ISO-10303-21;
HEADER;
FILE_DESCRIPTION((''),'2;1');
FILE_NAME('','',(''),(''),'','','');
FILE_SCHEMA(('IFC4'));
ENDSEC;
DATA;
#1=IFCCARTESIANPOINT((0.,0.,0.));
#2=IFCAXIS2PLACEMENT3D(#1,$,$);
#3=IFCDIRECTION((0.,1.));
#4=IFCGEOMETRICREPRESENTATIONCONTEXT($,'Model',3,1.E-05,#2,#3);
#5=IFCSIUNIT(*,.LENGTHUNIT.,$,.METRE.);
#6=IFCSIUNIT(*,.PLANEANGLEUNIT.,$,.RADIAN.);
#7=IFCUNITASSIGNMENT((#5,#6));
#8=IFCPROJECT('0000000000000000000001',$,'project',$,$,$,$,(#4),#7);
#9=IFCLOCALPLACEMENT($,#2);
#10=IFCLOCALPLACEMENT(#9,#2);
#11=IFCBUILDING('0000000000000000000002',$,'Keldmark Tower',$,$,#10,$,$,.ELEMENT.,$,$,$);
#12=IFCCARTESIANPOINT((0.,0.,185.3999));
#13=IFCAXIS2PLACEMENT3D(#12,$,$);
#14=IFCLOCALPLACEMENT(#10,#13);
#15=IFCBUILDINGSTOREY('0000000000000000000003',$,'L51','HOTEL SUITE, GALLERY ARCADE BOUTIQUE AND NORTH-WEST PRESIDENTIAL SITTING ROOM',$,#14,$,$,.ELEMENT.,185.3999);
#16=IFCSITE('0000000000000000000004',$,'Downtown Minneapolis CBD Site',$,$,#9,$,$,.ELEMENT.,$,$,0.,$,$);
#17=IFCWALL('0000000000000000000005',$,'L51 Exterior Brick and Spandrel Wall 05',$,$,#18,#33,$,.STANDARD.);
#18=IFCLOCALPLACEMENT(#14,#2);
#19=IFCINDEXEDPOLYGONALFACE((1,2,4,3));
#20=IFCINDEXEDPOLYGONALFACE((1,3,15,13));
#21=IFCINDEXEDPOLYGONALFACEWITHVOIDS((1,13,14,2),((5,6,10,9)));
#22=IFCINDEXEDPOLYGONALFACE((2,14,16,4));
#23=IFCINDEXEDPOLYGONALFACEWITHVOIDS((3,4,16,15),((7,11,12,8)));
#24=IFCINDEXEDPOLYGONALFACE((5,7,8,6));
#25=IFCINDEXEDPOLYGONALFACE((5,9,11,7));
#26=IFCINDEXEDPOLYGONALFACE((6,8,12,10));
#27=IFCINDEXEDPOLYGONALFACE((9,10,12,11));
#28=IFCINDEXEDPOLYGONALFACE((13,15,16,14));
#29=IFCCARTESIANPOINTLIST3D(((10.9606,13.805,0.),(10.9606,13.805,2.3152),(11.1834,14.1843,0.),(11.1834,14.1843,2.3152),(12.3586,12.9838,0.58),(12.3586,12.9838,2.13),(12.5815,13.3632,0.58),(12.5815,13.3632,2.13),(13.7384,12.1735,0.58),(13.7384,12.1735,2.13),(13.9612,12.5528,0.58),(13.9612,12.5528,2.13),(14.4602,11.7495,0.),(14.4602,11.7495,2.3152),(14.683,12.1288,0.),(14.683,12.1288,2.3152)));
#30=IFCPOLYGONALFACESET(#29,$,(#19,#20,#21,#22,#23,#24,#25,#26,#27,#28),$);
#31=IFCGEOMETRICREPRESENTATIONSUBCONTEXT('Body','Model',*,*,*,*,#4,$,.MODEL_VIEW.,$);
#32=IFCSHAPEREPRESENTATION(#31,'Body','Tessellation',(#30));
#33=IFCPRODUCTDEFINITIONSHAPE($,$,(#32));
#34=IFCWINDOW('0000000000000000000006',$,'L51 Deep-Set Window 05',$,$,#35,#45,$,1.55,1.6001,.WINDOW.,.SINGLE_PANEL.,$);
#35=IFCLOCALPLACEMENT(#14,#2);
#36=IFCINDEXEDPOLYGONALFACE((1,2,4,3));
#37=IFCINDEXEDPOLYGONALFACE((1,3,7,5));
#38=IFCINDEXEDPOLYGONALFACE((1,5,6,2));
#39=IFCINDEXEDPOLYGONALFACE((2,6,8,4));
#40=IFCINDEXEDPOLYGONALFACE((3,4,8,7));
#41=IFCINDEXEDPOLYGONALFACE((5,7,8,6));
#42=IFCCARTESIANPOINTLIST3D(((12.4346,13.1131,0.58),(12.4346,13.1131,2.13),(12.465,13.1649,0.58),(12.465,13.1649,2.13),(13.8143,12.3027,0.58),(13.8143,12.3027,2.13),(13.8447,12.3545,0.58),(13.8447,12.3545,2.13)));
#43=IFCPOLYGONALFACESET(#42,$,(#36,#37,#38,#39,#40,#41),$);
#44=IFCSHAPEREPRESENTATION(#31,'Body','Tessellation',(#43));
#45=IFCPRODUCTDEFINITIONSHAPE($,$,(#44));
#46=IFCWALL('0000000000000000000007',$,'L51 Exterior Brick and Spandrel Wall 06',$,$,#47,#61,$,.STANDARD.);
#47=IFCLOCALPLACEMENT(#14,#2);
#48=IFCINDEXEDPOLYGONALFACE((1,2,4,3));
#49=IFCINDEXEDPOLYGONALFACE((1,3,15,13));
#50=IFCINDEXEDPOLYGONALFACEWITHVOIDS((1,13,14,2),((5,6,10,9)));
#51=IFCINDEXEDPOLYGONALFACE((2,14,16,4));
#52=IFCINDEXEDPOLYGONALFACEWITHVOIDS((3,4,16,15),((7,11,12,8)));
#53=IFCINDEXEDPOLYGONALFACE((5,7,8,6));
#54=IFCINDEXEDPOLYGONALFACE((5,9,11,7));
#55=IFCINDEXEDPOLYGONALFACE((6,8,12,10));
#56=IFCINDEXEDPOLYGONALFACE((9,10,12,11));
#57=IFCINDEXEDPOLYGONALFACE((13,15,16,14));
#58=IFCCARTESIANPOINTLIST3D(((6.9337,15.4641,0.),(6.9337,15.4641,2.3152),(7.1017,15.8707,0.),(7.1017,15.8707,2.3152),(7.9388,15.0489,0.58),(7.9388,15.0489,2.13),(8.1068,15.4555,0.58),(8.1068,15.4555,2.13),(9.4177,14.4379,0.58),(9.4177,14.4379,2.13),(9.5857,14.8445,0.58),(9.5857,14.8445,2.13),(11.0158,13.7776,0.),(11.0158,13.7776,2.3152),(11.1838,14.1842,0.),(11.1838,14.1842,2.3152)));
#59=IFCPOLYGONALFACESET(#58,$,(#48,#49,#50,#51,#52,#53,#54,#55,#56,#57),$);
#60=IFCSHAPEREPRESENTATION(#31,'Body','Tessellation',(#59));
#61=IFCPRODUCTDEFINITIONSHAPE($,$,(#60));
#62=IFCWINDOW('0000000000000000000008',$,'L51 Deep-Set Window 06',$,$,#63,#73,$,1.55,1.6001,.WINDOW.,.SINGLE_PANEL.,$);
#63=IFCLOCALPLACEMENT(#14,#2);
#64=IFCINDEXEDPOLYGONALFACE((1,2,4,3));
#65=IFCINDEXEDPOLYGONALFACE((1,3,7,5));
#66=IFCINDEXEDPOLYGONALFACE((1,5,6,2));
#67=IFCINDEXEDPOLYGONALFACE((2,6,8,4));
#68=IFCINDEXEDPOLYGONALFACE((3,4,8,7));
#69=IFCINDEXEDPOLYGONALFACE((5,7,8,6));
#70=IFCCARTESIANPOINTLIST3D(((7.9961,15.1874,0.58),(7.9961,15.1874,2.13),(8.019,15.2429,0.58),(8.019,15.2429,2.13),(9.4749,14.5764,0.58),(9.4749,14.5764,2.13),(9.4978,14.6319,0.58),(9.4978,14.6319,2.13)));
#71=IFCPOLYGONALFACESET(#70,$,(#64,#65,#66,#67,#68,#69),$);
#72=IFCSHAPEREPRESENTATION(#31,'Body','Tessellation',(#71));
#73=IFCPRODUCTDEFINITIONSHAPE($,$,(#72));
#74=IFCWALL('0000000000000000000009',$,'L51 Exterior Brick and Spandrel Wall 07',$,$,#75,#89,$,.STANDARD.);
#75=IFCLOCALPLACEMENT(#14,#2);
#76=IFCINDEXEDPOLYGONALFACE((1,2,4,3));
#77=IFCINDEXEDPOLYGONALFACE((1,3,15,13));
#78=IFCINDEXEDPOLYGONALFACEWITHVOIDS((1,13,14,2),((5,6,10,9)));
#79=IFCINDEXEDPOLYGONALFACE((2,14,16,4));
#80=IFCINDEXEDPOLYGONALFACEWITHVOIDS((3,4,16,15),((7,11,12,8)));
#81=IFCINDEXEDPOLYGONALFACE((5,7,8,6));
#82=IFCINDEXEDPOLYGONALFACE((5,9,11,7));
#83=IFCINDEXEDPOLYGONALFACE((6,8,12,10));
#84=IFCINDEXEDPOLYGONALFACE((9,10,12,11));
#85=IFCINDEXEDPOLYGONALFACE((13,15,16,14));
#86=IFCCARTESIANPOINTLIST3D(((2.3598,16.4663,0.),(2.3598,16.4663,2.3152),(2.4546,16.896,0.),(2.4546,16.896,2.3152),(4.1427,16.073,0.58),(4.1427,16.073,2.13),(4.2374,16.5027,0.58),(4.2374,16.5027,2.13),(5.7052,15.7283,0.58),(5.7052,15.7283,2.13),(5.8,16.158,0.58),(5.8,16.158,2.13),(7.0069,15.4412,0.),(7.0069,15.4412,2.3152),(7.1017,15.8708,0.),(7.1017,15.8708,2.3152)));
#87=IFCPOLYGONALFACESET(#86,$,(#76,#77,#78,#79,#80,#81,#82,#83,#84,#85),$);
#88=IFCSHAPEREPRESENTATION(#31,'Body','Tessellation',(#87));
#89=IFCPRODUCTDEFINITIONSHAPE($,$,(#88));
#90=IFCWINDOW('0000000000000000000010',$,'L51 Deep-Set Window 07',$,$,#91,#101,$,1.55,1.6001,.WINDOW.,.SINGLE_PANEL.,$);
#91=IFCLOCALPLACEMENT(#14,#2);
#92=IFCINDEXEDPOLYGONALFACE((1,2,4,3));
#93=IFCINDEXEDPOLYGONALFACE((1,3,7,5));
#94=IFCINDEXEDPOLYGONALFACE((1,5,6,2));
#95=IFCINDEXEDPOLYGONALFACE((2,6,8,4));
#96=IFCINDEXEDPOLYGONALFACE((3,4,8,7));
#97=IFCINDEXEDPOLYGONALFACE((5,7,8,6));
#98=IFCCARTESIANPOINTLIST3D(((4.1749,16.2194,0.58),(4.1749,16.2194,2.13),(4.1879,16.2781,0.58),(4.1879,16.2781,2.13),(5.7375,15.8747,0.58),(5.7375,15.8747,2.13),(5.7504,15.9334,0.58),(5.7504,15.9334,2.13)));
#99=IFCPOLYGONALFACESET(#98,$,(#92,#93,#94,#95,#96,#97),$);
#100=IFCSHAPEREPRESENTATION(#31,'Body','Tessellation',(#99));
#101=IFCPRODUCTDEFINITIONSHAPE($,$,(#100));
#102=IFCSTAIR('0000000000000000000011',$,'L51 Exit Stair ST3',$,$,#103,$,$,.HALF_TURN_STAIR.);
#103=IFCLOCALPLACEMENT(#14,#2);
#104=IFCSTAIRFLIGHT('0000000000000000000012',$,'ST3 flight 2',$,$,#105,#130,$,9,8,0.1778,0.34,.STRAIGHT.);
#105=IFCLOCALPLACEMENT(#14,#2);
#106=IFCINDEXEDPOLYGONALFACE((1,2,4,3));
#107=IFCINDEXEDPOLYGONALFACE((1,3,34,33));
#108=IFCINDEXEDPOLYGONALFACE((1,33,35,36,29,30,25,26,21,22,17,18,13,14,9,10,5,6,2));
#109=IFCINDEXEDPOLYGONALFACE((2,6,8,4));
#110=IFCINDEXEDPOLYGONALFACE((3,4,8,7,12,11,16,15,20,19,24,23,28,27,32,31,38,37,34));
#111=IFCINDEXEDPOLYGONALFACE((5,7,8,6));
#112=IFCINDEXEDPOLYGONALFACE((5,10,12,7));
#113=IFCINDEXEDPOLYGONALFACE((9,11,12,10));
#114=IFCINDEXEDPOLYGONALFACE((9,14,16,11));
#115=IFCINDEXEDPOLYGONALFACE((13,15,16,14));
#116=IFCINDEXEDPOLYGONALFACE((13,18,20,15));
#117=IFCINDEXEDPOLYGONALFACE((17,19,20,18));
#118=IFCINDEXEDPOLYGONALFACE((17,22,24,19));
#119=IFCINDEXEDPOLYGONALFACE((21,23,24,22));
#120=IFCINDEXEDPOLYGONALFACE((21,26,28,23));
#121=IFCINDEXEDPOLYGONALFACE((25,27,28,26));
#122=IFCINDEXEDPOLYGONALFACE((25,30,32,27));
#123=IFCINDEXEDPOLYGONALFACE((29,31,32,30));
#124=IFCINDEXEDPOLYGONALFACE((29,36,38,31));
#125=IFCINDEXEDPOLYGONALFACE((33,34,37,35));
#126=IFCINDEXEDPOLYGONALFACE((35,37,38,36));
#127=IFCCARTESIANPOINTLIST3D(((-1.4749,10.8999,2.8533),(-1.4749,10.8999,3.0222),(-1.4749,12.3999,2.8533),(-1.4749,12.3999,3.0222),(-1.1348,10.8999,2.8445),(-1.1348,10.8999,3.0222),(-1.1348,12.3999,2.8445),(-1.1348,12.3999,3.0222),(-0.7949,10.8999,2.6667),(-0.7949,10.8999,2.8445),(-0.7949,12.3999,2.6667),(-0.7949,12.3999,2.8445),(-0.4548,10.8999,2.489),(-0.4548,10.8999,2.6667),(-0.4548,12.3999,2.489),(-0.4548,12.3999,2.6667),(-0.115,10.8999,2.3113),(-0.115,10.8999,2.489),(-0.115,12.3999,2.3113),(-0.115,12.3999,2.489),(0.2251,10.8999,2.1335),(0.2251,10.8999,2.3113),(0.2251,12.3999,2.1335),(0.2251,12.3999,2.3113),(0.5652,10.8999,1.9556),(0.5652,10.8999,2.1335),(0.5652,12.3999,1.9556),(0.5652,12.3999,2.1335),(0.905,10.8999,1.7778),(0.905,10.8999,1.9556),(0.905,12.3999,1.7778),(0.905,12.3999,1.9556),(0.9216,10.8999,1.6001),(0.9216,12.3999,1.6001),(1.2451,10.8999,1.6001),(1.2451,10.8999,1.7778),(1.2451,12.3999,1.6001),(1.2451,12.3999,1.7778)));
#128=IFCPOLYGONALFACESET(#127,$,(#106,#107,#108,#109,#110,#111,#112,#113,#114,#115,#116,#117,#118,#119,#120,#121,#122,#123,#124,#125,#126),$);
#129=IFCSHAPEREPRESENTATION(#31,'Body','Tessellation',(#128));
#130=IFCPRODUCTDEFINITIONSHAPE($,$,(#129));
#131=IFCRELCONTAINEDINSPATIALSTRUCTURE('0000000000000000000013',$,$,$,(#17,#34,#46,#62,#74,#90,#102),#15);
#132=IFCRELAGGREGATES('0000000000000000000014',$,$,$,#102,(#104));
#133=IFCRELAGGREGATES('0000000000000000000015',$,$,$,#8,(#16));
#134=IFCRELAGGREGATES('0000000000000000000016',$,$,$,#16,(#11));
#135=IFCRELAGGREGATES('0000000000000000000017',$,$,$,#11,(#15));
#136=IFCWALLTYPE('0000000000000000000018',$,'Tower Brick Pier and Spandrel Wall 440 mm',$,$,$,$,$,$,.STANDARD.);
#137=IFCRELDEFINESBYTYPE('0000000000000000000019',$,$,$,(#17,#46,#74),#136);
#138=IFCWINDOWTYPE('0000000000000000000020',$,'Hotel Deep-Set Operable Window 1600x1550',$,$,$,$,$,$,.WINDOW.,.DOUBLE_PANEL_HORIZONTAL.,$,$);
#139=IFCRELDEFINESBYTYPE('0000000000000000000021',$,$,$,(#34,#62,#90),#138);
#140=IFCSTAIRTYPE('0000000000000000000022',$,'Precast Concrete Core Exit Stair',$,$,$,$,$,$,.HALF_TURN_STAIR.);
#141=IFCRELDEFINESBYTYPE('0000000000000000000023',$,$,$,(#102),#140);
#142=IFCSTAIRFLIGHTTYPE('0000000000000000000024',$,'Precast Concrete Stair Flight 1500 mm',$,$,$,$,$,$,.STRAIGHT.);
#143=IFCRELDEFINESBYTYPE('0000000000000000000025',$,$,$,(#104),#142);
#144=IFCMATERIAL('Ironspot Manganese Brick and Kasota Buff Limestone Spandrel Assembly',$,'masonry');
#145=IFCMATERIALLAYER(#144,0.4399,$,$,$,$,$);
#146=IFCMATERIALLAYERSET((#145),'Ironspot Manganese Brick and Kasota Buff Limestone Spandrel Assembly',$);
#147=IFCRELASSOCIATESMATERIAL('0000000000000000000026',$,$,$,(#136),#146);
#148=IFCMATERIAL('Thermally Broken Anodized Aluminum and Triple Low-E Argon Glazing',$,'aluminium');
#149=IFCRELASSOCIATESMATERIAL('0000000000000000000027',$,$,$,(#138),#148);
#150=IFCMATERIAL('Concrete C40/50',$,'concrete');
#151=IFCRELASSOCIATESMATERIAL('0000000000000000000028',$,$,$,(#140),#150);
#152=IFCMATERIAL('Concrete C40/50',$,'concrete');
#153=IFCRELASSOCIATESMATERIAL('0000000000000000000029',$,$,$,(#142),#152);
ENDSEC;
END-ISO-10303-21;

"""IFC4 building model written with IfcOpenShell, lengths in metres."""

from ifc_helpers import new_model, si_unit, direction, frame, frame_2d, origin, place, context, subcontext, project, spatial, polyline, rectangle, outline, extrude, material, layer, layer_set, type_object, element, fill, aggregate, save


model = new_model("IFC4")

# Units and contexts
model_context = context("Model", 3, precision=1e-05, world=origin(), true_north=direction((0.0, 1.0)))
body_context = subcontext(model_context, "Body", "Model", "MODEL_VIEW")
ifc_project = project(units=[si_unit("LENGTHUNIT", "METRE"), si_unit("PLANEANGLEUNIT", "RADIAN")], contexts=[model_context])

# Site, building, storey
site_placement = place(None, origin())
site = spatial("IfcSite", under=ifc_project, at=site_placement, Name="Downtown Minneapolis CBD Site", CompositionType="ELEMENT", RefElevation=0.0)
building_placement = place(site_placement, origin())
building = spatial("IfcBuilding", under=site, at=building_placement, Name="Keldmark Tower", CompositionType="ELEMENT")
storey_placement = place(building_placement, frame((0.0, 0.0, 185.3999)))
storey = spatial("IfcBuildingStorey", under=building, at=storey_placement, Name="L51", Description="HOTEL SUITE, GALLERY ARCADE BOUTIQUE AND NORTH-WEST PRESIDENTIAL SITTING ROOM", CompositionType="ELEMENT", Elevation=185.3999)

# Walls, openings, windows
ifc_material_1 = material(Name="Ironspot Manganese Brick and Kasota Buff Limestone Spandrel Assembly", Category="masonry")
ifc_layer_1 = layer(ifc_material_1, 0.4399)
ifc_layer_set_1 = layer_set([ifc_layer_1], Name="Ironspot Manganese Brick and Kasota Buff Limestone Spandrel Assembly")
wall_type_1 = type_object("IfcWallType", Name="Tower Brick Pier and Spandrel Wall 440 mm", PredefinedType="STANDARD", material=ifc_layer_set_1)
wall_1_placement = place(storey_placement, frame((11.072, 13.9946, 0.0), z_axis=(0.0, 0.0, 1.0), x_axis=(0.86227, -0.50645, 0.0)))
wall_1 = element("IfcWall", 1, at=wall_1_placement, inside=storey, type_object=wall_type_1, Name="L51 Exterior Brick and Spandrel Wall 05", PredefinedType="STANDARD", context=body_context, shape_type="SweptSolid", body=[
    extrude(rectangle(XDim=4.0586, YDim=0.4399, at=frame_2d((2.0293, 0.0))), origin(), (0.0, 0.0, 1.0), 2.3152),
])
opening_1_placement = place(wall_1_placement, frame((1.6213, 0.0, 0.5801)))
opening_1 = element("IfcOpeningElement", 2, at=opening_1_placement, cuts=wall_1, PredefinedType="OPENING", context=body_context, shape_type="SweptSolid", body=[
    extrude(rectangle(XDim=1.6001, YDim=1.55, at=frame_2d((0.8, 0.7749))), frame((0.0, 0.23, 0.0), z_axis=(0.0, -1.0, 0.0), x_axis=(1.0, 0.0, 0.0)), (0.0, 0.0, 1.0), 0.46),
])
ifc_material_2 = material(Name="Thermally Broken Anodized Aluminum and Triple Low-E Argon Glazing", Category="aluminium")
window_type = type_object("IfcWindowType", Name="Hotel Deep-Set Operable Window 1600x1550", PartitioningType="DOUBLE_PANEL_HORIZONTAL", PredefinedType="WINDOW", material=ifc_material_2)
window_1_placement = place(opening_1_placement, origin())
window_1 = element("IfcWindow", 3, at=window_1_placement, inside=storey, type_object=window_type, Name="L51 Deep-Set Window 05", OverallHeight=1.55, OverallWidth=1.6001, PartitioningType="SINGLE_PANEL", PredefinedType="WINDOW", context=body_context, shape_type="SweptSolid", body=[
    extrude(rectangle(XDim=1.6001, YDim=1.55, at=frame_2d((0.8, 0.7749))), frame((0.0, -0.01, 0.0), z_axis=(0.0, -1.0, 0.0), x_axis=(1.0, 0.0, 0.0)), (0.0, 0.0, 1.0), 0.0601),
])
fill(opening_1, window_1)
wall_2_placement = place(storey_placement, frame((7.0176, 15.6675, 0.0), z_axis=(0.0, 0.0, 1.0), x_axis=(0.924224, -0.38185, 0.0)))
wall_2 = element("IfcWall", 4, at=wall_2_placement, inside=storey, type_object=wall_type_1, Name="L51 Exterior Brick and Spandrel Wall 06", PredefinedType="STANDARD", context=body_context, shape_type="SweptSolid", body=[
    extrude(rectangle(XDim=4.4167, YDim=0.4399, at=frame_2d((2.2085, 0.0))), origin(), (0.0, 0.0, 1.0), 2.3152),
])
opening_2_placement = place(wall_2_placement, frame((1.0876, 0.0, 0.5801)))
opening_2 = element("IfcOpeningElement", 5, at=opening_2_placement, cuts=wall_2, PredefinedType="OPENING", context=body_context, shape_type="SweptSolid", body=[
    extrude(rectangle(XDim=1.6001, YDim=1.55, at=frame_2d((0.8, 0.7749))), frame((0.0, 0.23, 0.0), z_axis=(0.0, -1.0, 0.0), x_axis=(1.0, 0.0, 0.0)), (0.0, 0.0, 1.0), 0.46),
])
window_2_placement = place(opening_2_placement, origin())
window_2 = element("IfcWindow", 6, at=window_2_placement, inside=storey, type_object=window_type, Name="L51 Deep-Set Window 06", OverallHeight=1.55, OverallWidth=1.6001, PartitioningType="SINGLE_PANEL", PredefinedType="WINDOW", context=body_context, shape_type="SweptSolid", body=[
    extrude(rectangle(XDim=1.6001, YDim=1.55, at=frame_2d((0.8, 0.7749))), frame((0.0, -0.01, 0.0), z_axis=(0.0, -1.0, 0.0), x_axis=(1.0, 0.0, 0.0)), (0.0, 0.0, 1.0), 0.0601),
])
fill(opening_2, window_2)
wall_3_placement = place(storey_placement, frame((2.4072, 16.6812, 0.0), z_axis=(0.0, 0.0, 1.0), x_axis=(0.97652, -0.215425, 0.0)))
wall_3 = element("IfcWall", 7, at=wall_3_placement, inside=storey, type_object=wall_type_1, Name="L51 Exterior Brick and Spandrel Wall 07", PredefinedType="STANDARD", context=body_context, shape_type="SweptSolid", body=[
    extrude(rectangle(XDim=4.7588, YDim=0.4399, at=frame_2d((2.3794, 0.0))), origin(), (0.0, 0.0, 1.0), 2.3152),
])
opening_3_placement = place(wall_3_placement, frame((1.8257, 0.0, 0.5801)))
opening_3 = element("IfcOpeningElement", 8, at=opening_3_placement, cuts=wall_3, PredefinedType="OPENING", context=body_context, shape_type="SweptSolid", body=[
    extrude(rectangle(XDim=1.6001, YDim=1.55, at=frame_2d((0.8, 0.7749))), frame((0.0, 0.23, 0.0), z_axis=(0.0, -1.0, 0.0), x_axis=(1.0, 0.0, 0.0)), (0.0, 0.0, 1.0), 0.46),
])
window_3_placement = place(opening_3_placement, origin())
window_3 = element("IfcWindow", 9, at=window_3_placement, inside=storey, type_object=window_type, Name="L51 Deep-Set Window 07", OverallHeight=1.55, OverallWidth=1.6001, PartitioningType="SINGLE_PANEL", PredefinedType="WINDOW", context=body_context, shape_type="SweptSolid", body=[
    extrude(rectangle(XDim=1.6001, YDim=1.55, at=frame_2d((0.8, 0.7749))), frame((0.0, -0.01, 0.0), z_axis=(0.0, -1.0, 0.0), x_axis=(1.0, 0.0, 0.0)), (0.0, 0.0, 1.0), 0.0601),
])
fill(opening_3, window_3)

# Stair, stair flight
ifc_material_3 = material(Name="Concrete C40/50", Category="concrete")
stair_type = type_object("IfcStairType", Name="Precast Concrete Core Exit Stair", PredefinedType="HALF_TURN_STAIR", material=ifc_material_3)
stair_placement = place(storey_placement, origin())
stair = element("IfcStair", 10, at=stair_placement, inside=storey, type_object=stair_type, Name="L51 Exit Stair ST3", PredefinedType="HALF_TURN_STAIR")
ifc_material_4 = material(Name="Concrete C40/50", Category="concrete")
stair_flight_type = type_object("IfcStairFlightType", Name="Precast Concrete Stair Flight 1500 mm", PredefinedType="STRAIGHT", material=ifc_material_4)
stair_flight_placement = place(storey_placement, frame((1.2451, 11.6499, 1.6001), z_axis=(0.0, 0.0, 1.0), x_axis=(-1.0, 0.0, 0.0)))
stair_flight = element("IfcStairFlight", 11, at=stair_flight_placement, type_object=stair_flight_type, Name="ST3 flight 2", NumberOfRisers=9, NumberOfTreads=8, PredefinedType="STRAIGHT", RiserHeight=0.1778, TreadLength=0.34, context=body_context, shape_type="SweptSolid", body=[
    extrude(outline(polyline([(0.0, 0.0), (0.0, 0.1777), (0.3401, 0.1777), (0.3401, 0.3555), (0.6799, 0.3555), (0.6799, 0.5334), (1.02, 0.5334), (1.02, 0.7112), (1.3601, 0.7112), (1.3601, 0.8889), (1.7, 0.8889), (1.7, 1.0667), (2.04, 1.0667), (2.04, 1.2444), (2.3799, 1.2444), (2.3799, 1.4221), (2.72, 1.4221), (2.72, 1.6001), (2.72, 1.2532), (0.3235, 0.0), (0.0, 0.0)])), frame((0.0, 0.75, 0.0), z_axis=(0.0, -1.0, 0.0), x_axis=(1.0, 0.0, 0.0)), (0.0, 0.0, 1.0), 1.5),
])
aggregate(stair, [stair_flight])

save(model, "model.ifc")
